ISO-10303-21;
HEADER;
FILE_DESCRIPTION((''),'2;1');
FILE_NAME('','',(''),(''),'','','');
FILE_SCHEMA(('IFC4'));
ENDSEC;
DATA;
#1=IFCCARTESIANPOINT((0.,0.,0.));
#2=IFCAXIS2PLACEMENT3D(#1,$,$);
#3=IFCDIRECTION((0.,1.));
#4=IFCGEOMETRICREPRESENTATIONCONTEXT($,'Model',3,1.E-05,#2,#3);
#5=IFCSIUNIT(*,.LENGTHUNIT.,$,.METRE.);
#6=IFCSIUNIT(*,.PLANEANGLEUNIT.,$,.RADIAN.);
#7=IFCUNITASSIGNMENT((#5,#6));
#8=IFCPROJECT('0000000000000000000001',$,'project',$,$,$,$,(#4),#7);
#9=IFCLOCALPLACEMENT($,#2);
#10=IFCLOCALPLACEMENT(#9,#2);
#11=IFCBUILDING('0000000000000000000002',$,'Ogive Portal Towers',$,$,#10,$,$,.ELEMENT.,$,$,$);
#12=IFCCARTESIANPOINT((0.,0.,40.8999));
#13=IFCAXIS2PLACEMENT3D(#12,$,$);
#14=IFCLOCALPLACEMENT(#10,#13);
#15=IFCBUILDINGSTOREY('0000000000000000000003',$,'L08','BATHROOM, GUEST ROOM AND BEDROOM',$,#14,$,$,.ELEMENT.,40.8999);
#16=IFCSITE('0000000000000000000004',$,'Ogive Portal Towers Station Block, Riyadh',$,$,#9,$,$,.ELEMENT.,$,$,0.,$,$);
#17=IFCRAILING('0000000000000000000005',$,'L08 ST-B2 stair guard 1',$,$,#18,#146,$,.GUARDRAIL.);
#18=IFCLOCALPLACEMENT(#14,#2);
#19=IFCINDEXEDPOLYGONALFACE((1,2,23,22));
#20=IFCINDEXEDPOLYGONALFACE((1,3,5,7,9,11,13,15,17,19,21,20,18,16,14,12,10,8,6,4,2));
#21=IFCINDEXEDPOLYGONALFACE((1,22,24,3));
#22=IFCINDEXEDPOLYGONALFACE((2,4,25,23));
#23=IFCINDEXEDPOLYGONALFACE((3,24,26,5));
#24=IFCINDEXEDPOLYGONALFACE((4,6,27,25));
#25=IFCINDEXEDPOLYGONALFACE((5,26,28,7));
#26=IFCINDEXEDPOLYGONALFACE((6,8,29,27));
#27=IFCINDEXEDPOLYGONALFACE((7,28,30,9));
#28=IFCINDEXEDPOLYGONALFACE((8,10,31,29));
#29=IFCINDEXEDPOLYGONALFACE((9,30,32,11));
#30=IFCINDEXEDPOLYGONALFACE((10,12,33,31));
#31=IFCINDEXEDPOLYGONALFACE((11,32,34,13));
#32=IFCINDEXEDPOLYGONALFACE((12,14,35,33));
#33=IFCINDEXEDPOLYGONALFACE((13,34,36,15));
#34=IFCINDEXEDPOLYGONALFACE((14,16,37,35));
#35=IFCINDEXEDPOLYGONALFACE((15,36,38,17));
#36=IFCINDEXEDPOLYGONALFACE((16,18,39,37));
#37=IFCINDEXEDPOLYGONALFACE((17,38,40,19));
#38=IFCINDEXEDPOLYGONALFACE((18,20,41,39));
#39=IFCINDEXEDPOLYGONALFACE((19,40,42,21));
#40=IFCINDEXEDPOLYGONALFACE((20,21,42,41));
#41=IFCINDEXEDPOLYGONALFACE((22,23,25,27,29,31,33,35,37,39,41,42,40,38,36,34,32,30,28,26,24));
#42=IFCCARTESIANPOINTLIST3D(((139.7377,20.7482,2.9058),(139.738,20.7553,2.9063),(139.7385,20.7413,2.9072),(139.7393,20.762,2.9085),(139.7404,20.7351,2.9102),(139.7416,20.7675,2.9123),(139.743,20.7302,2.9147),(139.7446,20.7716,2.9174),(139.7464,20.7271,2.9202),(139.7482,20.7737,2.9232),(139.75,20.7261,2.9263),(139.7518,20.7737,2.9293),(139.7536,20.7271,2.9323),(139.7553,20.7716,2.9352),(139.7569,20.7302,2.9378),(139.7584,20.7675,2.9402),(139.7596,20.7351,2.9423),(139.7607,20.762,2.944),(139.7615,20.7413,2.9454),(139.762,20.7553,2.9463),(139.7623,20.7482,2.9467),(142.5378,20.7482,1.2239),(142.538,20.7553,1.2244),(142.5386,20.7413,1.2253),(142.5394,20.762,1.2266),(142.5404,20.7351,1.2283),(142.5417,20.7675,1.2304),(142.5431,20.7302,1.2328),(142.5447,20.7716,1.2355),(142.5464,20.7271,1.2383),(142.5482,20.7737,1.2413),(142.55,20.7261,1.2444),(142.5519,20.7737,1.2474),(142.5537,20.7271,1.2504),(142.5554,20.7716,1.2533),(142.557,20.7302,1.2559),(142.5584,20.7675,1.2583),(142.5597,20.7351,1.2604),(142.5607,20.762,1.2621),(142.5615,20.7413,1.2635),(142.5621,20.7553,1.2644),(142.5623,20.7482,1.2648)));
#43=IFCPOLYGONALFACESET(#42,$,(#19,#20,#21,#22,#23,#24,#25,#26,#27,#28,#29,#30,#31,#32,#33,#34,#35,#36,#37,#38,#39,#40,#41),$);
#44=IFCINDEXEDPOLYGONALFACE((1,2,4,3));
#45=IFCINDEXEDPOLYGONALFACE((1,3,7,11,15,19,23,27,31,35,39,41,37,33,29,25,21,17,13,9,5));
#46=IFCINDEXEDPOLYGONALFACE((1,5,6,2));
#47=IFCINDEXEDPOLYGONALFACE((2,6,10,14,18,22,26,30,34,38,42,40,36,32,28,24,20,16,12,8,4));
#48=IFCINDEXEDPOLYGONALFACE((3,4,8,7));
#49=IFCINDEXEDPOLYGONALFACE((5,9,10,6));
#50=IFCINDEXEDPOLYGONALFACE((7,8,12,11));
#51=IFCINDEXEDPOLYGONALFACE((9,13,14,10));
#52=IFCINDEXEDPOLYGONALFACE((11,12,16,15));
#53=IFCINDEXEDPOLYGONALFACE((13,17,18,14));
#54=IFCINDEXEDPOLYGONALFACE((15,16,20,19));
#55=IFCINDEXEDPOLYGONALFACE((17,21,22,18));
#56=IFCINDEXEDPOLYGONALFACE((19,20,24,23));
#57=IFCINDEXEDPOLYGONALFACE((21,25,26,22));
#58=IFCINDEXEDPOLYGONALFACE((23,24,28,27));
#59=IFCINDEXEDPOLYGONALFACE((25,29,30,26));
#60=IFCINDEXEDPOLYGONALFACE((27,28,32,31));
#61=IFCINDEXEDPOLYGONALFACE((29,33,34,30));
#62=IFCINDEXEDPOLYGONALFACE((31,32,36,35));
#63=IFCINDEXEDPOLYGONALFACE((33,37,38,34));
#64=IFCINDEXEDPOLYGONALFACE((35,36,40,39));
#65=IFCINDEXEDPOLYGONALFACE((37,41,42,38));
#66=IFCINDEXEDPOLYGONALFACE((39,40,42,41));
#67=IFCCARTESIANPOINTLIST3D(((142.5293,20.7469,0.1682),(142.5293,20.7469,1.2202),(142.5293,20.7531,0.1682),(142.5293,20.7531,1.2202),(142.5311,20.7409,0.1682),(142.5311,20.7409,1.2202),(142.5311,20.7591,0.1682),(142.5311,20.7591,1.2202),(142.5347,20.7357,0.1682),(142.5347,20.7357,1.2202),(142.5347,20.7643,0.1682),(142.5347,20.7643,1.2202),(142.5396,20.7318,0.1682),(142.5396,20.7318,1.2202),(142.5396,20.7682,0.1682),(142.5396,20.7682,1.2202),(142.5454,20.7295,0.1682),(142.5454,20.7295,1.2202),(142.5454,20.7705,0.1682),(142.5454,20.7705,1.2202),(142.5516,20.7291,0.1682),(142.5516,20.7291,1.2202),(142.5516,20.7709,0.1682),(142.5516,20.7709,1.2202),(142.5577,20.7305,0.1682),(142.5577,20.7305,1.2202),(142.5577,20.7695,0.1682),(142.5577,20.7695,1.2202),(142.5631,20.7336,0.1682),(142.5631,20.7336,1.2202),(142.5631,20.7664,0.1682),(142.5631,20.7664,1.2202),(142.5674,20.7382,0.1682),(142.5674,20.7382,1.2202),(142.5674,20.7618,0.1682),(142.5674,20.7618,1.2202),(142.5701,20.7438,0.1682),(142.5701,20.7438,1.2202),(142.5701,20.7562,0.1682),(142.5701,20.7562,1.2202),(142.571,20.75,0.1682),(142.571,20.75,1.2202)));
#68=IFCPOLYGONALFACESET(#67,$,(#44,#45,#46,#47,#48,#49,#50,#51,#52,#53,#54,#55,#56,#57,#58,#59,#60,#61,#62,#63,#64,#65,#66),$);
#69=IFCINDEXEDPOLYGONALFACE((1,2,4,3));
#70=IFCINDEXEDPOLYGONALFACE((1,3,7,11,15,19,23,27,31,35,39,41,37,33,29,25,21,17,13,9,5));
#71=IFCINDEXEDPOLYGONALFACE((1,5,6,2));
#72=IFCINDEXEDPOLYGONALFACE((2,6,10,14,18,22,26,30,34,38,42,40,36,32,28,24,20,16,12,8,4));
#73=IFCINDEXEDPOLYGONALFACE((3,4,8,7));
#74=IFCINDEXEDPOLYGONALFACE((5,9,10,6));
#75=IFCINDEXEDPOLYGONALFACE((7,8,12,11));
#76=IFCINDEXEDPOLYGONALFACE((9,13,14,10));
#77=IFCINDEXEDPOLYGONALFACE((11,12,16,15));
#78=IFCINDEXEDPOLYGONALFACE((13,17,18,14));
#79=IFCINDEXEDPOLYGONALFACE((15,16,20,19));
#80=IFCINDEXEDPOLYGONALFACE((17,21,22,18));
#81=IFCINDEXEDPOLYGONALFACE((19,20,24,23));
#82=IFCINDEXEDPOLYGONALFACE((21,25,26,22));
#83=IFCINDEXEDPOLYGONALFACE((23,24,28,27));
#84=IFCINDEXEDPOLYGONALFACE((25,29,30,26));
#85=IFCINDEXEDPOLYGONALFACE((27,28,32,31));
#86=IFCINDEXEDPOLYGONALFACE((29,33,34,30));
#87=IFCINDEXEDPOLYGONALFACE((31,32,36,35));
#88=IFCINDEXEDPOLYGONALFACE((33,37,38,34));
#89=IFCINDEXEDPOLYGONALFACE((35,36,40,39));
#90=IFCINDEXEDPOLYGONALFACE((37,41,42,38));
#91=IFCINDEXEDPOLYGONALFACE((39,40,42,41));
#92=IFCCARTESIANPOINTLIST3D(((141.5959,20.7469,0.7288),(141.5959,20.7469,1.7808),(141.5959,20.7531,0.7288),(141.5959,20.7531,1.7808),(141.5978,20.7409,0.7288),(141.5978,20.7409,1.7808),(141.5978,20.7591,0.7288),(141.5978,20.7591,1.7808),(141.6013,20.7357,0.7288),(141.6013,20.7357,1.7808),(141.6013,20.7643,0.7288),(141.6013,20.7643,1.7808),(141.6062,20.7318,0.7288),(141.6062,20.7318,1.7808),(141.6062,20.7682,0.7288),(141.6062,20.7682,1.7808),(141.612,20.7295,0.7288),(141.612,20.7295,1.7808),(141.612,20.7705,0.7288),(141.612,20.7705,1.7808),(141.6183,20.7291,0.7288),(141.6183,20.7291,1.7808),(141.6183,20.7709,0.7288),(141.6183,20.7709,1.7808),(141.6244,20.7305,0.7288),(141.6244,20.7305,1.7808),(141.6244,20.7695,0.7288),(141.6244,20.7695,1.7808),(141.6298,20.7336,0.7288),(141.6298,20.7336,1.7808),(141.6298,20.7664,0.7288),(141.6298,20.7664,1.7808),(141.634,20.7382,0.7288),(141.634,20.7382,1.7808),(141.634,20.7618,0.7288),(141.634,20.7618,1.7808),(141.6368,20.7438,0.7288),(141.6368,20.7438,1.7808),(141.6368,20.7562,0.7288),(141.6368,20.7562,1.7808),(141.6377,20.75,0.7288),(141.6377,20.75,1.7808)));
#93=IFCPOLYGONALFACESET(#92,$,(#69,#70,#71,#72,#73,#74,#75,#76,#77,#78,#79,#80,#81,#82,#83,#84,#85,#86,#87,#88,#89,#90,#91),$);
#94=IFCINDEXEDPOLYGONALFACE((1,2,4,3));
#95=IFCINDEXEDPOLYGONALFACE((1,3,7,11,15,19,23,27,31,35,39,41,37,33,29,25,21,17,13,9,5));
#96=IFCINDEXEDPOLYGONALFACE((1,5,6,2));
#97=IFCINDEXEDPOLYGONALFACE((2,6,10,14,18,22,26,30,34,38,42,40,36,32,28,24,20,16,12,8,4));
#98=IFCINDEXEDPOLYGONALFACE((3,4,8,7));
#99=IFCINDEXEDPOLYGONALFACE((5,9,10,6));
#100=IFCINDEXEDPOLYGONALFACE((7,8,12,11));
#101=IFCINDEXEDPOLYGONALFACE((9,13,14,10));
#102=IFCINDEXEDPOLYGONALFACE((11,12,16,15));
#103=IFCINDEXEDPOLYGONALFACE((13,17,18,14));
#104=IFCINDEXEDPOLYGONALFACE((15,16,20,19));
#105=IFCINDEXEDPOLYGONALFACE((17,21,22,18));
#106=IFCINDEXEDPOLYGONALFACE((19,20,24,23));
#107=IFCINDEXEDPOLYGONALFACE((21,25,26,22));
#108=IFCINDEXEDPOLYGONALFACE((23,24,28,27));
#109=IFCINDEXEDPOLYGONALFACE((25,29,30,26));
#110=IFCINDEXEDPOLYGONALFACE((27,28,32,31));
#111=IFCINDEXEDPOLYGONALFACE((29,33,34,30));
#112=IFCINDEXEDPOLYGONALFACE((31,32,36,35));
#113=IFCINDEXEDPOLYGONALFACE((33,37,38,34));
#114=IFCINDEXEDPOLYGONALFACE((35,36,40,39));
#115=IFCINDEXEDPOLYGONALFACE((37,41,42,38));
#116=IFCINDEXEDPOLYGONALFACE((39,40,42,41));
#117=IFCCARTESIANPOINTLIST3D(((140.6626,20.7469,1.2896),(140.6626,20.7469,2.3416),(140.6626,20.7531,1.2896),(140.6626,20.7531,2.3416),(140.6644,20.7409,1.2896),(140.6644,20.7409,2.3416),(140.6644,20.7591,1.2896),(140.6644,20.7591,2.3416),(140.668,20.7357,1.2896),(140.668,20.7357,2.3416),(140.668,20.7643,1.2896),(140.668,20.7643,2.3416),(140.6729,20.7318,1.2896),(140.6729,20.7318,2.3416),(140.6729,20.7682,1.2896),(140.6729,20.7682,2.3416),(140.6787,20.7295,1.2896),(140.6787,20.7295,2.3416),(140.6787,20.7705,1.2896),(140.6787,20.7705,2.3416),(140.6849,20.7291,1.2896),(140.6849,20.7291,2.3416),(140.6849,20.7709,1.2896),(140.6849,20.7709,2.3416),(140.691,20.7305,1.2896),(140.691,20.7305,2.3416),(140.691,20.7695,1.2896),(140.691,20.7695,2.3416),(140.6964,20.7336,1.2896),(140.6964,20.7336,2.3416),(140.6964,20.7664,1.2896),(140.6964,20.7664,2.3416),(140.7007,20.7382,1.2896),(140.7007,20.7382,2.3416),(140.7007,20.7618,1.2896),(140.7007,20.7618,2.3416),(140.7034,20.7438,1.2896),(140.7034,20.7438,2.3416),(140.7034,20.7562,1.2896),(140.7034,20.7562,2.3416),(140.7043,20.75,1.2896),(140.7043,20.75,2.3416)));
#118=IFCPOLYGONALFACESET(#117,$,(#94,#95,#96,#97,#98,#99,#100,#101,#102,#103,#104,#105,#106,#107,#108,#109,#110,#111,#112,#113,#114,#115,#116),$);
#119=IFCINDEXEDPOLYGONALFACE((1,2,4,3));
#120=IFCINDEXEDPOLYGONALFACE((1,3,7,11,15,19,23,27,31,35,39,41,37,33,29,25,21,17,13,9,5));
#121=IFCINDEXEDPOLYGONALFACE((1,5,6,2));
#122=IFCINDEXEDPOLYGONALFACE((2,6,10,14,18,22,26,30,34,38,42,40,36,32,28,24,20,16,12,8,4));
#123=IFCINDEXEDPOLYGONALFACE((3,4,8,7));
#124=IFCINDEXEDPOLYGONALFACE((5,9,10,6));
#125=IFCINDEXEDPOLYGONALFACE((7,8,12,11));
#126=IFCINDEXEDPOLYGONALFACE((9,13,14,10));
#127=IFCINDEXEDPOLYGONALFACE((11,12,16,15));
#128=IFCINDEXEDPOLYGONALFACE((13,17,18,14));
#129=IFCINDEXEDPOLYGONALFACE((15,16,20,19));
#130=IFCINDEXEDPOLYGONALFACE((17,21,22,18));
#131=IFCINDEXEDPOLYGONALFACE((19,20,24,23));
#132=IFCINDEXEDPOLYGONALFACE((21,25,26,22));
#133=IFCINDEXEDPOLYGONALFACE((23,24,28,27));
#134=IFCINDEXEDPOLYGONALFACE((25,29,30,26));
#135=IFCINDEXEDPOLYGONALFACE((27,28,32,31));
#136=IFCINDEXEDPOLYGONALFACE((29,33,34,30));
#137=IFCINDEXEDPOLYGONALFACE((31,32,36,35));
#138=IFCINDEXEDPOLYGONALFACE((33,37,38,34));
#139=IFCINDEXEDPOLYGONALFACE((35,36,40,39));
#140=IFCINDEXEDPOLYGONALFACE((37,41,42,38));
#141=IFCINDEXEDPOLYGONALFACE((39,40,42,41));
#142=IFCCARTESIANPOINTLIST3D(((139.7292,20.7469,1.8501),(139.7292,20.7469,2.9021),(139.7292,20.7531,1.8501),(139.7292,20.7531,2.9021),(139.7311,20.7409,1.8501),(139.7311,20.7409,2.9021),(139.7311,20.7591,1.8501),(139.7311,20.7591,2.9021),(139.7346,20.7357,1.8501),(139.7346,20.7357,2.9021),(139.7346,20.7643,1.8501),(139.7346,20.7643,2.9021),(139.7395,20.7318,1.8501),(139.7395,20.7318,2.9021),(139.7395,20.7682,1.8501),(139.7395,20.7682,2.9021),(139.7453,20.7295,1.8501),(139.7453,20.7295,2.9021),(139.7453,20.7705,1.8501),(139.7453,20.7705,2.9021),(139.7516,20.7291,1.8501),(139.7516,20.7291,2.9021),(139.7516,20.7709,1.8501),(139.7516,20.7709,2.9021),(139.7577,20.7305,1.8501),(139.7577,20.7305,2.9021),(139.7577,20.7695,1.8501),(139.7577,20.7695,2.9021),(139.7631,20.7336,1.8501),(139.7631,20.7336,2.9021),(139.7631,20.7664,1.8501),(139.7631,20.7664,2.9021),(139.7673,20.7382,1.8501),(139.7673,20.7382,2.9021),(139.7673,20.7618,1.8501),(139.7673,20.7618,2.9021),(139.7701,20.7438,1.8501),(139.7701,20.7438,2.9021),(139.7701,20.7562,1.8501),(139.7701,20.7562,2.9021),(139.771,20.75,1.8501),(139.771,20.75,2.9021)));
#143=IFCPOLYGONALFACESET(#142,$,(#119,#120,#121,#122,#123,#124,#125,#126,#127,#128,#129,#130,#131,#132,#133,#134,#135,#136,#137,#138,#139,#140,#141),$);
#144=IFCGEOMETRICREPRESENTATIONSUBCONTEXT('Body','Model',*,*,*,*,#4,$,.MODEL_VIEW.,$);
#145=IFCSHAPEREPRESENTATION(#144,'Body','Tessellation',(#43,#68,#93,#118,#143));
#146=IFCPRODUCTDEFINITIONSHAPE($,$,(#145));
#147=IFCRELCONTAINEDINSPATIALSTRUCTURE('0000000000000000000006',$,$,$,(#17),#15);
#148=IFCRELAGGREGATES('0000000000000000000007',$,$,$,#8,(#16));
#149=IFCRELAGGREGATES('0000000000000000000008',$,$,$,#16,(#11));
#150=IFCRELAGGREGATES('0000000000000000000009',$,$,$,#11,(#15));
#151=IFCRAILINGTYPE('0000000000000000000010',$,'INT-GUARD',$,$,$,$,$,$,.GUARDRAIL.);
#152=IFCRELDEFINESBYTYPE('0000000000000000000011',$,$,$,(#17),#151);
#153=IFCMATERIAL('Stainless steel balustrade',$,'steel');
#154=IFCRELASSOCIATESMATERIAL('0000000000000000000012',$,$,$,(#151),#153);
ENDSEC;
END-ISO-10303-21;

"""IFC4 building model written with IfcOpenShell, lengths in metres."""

from ifc_helpers import new_model, si_unit, direction, frame, origin, origin_2d, place, context, subcontext, project, spatial, circle, extrude, material, type_object, element, save


model = new_model("IFC4")

# Units and contexts
model_context = context("Model", 3, precision=1e-05, world=origin(), true_north=direction((0.0, 1.0)))
body_context = subcontext(model_context, "Body", "Model", "MODEL_VIEW")
ifc_project = project(units=[si_unit("LENGTHUNIT", "METRE"), si_unit("PLANEANGLEUNIT", "RADIAN")], contexts=[model_context])

# Site, building, storey
site_placement = place(None, origin())
site = spatial("IfcSite", under=ifc_project, at=site_placement, Name="Ogive Portal Towers Station Block, Riyadh", CompositionType="ELEMENT", RefElevation=0.0)
building_placement = place(site_placement, origin())
building = spatial("IfcBuilding", under=site, at=building_placement, Name="Ogive Portal Towers", CompositionType="ELEMENT")
storey_placement = place(building_placement, frame((0.0, 0.0, 40.8999)))
storey = spatial("IfcBuildingStorey", under=building, at=storey_placement, Name="L08", Description="BATHROOM, GUEST ROOM AND BEDROOM", CompositionType="ELEMENT", Elevation=40.8999)

# Railing
ifc_material_1 = material(Name="Stainless steel balustrade", Category="steel")
railing_type_1 = type_object("IfcRailingType", Name="INT-GUARD", PredefinedType="GUARDRAIL", material=ifc_material_1)
railing_1_placement = place(storey_placement, frame((142.55, 20.75, 0.1682)))
element("IfcRailing", 1, at=railing_1_placement, inside=storey, type_object=railing_type_1, Name="L08 ST-B2 stair guard 1", PredefinedType="GUARDRAIL", context=body_context, shape_type="SweptSolid", body=[
    extrude(circle(Radius=0.0239, at=origin_2d()), frame((0.0, 0.0, 1.0762), z_axis=(-0.857242, 0.0, 0.514913), x_axis=(0.0, -1.0, 0.0)), (0.0, 0.0, 1.0), 3.2664),
    extrude(circle(Radius=0.021, at=origin_2d()), origin(), (0.0, 0.0, 1.0), 1.052),
    extrude(circle(Radius=0.021, at=origin_2d()), frame((-0.9333, 0.0, 0.5605)), (0.0, 0.0, 1.0), 1.052),
    extrude(circle(Radius=0.021, at=origin_2d()), frame((-1.8667, 0.0, 1.1213)), (0.0, 0.0, 1.0), 1.052),
    extrude(circle(Radius=0.021, at=origin_2d()), frame((-2.8, 0.0, 1.6819)), (0.0, 0.0, 1.0), 1.052),
])

save(model, "model.ifc")
